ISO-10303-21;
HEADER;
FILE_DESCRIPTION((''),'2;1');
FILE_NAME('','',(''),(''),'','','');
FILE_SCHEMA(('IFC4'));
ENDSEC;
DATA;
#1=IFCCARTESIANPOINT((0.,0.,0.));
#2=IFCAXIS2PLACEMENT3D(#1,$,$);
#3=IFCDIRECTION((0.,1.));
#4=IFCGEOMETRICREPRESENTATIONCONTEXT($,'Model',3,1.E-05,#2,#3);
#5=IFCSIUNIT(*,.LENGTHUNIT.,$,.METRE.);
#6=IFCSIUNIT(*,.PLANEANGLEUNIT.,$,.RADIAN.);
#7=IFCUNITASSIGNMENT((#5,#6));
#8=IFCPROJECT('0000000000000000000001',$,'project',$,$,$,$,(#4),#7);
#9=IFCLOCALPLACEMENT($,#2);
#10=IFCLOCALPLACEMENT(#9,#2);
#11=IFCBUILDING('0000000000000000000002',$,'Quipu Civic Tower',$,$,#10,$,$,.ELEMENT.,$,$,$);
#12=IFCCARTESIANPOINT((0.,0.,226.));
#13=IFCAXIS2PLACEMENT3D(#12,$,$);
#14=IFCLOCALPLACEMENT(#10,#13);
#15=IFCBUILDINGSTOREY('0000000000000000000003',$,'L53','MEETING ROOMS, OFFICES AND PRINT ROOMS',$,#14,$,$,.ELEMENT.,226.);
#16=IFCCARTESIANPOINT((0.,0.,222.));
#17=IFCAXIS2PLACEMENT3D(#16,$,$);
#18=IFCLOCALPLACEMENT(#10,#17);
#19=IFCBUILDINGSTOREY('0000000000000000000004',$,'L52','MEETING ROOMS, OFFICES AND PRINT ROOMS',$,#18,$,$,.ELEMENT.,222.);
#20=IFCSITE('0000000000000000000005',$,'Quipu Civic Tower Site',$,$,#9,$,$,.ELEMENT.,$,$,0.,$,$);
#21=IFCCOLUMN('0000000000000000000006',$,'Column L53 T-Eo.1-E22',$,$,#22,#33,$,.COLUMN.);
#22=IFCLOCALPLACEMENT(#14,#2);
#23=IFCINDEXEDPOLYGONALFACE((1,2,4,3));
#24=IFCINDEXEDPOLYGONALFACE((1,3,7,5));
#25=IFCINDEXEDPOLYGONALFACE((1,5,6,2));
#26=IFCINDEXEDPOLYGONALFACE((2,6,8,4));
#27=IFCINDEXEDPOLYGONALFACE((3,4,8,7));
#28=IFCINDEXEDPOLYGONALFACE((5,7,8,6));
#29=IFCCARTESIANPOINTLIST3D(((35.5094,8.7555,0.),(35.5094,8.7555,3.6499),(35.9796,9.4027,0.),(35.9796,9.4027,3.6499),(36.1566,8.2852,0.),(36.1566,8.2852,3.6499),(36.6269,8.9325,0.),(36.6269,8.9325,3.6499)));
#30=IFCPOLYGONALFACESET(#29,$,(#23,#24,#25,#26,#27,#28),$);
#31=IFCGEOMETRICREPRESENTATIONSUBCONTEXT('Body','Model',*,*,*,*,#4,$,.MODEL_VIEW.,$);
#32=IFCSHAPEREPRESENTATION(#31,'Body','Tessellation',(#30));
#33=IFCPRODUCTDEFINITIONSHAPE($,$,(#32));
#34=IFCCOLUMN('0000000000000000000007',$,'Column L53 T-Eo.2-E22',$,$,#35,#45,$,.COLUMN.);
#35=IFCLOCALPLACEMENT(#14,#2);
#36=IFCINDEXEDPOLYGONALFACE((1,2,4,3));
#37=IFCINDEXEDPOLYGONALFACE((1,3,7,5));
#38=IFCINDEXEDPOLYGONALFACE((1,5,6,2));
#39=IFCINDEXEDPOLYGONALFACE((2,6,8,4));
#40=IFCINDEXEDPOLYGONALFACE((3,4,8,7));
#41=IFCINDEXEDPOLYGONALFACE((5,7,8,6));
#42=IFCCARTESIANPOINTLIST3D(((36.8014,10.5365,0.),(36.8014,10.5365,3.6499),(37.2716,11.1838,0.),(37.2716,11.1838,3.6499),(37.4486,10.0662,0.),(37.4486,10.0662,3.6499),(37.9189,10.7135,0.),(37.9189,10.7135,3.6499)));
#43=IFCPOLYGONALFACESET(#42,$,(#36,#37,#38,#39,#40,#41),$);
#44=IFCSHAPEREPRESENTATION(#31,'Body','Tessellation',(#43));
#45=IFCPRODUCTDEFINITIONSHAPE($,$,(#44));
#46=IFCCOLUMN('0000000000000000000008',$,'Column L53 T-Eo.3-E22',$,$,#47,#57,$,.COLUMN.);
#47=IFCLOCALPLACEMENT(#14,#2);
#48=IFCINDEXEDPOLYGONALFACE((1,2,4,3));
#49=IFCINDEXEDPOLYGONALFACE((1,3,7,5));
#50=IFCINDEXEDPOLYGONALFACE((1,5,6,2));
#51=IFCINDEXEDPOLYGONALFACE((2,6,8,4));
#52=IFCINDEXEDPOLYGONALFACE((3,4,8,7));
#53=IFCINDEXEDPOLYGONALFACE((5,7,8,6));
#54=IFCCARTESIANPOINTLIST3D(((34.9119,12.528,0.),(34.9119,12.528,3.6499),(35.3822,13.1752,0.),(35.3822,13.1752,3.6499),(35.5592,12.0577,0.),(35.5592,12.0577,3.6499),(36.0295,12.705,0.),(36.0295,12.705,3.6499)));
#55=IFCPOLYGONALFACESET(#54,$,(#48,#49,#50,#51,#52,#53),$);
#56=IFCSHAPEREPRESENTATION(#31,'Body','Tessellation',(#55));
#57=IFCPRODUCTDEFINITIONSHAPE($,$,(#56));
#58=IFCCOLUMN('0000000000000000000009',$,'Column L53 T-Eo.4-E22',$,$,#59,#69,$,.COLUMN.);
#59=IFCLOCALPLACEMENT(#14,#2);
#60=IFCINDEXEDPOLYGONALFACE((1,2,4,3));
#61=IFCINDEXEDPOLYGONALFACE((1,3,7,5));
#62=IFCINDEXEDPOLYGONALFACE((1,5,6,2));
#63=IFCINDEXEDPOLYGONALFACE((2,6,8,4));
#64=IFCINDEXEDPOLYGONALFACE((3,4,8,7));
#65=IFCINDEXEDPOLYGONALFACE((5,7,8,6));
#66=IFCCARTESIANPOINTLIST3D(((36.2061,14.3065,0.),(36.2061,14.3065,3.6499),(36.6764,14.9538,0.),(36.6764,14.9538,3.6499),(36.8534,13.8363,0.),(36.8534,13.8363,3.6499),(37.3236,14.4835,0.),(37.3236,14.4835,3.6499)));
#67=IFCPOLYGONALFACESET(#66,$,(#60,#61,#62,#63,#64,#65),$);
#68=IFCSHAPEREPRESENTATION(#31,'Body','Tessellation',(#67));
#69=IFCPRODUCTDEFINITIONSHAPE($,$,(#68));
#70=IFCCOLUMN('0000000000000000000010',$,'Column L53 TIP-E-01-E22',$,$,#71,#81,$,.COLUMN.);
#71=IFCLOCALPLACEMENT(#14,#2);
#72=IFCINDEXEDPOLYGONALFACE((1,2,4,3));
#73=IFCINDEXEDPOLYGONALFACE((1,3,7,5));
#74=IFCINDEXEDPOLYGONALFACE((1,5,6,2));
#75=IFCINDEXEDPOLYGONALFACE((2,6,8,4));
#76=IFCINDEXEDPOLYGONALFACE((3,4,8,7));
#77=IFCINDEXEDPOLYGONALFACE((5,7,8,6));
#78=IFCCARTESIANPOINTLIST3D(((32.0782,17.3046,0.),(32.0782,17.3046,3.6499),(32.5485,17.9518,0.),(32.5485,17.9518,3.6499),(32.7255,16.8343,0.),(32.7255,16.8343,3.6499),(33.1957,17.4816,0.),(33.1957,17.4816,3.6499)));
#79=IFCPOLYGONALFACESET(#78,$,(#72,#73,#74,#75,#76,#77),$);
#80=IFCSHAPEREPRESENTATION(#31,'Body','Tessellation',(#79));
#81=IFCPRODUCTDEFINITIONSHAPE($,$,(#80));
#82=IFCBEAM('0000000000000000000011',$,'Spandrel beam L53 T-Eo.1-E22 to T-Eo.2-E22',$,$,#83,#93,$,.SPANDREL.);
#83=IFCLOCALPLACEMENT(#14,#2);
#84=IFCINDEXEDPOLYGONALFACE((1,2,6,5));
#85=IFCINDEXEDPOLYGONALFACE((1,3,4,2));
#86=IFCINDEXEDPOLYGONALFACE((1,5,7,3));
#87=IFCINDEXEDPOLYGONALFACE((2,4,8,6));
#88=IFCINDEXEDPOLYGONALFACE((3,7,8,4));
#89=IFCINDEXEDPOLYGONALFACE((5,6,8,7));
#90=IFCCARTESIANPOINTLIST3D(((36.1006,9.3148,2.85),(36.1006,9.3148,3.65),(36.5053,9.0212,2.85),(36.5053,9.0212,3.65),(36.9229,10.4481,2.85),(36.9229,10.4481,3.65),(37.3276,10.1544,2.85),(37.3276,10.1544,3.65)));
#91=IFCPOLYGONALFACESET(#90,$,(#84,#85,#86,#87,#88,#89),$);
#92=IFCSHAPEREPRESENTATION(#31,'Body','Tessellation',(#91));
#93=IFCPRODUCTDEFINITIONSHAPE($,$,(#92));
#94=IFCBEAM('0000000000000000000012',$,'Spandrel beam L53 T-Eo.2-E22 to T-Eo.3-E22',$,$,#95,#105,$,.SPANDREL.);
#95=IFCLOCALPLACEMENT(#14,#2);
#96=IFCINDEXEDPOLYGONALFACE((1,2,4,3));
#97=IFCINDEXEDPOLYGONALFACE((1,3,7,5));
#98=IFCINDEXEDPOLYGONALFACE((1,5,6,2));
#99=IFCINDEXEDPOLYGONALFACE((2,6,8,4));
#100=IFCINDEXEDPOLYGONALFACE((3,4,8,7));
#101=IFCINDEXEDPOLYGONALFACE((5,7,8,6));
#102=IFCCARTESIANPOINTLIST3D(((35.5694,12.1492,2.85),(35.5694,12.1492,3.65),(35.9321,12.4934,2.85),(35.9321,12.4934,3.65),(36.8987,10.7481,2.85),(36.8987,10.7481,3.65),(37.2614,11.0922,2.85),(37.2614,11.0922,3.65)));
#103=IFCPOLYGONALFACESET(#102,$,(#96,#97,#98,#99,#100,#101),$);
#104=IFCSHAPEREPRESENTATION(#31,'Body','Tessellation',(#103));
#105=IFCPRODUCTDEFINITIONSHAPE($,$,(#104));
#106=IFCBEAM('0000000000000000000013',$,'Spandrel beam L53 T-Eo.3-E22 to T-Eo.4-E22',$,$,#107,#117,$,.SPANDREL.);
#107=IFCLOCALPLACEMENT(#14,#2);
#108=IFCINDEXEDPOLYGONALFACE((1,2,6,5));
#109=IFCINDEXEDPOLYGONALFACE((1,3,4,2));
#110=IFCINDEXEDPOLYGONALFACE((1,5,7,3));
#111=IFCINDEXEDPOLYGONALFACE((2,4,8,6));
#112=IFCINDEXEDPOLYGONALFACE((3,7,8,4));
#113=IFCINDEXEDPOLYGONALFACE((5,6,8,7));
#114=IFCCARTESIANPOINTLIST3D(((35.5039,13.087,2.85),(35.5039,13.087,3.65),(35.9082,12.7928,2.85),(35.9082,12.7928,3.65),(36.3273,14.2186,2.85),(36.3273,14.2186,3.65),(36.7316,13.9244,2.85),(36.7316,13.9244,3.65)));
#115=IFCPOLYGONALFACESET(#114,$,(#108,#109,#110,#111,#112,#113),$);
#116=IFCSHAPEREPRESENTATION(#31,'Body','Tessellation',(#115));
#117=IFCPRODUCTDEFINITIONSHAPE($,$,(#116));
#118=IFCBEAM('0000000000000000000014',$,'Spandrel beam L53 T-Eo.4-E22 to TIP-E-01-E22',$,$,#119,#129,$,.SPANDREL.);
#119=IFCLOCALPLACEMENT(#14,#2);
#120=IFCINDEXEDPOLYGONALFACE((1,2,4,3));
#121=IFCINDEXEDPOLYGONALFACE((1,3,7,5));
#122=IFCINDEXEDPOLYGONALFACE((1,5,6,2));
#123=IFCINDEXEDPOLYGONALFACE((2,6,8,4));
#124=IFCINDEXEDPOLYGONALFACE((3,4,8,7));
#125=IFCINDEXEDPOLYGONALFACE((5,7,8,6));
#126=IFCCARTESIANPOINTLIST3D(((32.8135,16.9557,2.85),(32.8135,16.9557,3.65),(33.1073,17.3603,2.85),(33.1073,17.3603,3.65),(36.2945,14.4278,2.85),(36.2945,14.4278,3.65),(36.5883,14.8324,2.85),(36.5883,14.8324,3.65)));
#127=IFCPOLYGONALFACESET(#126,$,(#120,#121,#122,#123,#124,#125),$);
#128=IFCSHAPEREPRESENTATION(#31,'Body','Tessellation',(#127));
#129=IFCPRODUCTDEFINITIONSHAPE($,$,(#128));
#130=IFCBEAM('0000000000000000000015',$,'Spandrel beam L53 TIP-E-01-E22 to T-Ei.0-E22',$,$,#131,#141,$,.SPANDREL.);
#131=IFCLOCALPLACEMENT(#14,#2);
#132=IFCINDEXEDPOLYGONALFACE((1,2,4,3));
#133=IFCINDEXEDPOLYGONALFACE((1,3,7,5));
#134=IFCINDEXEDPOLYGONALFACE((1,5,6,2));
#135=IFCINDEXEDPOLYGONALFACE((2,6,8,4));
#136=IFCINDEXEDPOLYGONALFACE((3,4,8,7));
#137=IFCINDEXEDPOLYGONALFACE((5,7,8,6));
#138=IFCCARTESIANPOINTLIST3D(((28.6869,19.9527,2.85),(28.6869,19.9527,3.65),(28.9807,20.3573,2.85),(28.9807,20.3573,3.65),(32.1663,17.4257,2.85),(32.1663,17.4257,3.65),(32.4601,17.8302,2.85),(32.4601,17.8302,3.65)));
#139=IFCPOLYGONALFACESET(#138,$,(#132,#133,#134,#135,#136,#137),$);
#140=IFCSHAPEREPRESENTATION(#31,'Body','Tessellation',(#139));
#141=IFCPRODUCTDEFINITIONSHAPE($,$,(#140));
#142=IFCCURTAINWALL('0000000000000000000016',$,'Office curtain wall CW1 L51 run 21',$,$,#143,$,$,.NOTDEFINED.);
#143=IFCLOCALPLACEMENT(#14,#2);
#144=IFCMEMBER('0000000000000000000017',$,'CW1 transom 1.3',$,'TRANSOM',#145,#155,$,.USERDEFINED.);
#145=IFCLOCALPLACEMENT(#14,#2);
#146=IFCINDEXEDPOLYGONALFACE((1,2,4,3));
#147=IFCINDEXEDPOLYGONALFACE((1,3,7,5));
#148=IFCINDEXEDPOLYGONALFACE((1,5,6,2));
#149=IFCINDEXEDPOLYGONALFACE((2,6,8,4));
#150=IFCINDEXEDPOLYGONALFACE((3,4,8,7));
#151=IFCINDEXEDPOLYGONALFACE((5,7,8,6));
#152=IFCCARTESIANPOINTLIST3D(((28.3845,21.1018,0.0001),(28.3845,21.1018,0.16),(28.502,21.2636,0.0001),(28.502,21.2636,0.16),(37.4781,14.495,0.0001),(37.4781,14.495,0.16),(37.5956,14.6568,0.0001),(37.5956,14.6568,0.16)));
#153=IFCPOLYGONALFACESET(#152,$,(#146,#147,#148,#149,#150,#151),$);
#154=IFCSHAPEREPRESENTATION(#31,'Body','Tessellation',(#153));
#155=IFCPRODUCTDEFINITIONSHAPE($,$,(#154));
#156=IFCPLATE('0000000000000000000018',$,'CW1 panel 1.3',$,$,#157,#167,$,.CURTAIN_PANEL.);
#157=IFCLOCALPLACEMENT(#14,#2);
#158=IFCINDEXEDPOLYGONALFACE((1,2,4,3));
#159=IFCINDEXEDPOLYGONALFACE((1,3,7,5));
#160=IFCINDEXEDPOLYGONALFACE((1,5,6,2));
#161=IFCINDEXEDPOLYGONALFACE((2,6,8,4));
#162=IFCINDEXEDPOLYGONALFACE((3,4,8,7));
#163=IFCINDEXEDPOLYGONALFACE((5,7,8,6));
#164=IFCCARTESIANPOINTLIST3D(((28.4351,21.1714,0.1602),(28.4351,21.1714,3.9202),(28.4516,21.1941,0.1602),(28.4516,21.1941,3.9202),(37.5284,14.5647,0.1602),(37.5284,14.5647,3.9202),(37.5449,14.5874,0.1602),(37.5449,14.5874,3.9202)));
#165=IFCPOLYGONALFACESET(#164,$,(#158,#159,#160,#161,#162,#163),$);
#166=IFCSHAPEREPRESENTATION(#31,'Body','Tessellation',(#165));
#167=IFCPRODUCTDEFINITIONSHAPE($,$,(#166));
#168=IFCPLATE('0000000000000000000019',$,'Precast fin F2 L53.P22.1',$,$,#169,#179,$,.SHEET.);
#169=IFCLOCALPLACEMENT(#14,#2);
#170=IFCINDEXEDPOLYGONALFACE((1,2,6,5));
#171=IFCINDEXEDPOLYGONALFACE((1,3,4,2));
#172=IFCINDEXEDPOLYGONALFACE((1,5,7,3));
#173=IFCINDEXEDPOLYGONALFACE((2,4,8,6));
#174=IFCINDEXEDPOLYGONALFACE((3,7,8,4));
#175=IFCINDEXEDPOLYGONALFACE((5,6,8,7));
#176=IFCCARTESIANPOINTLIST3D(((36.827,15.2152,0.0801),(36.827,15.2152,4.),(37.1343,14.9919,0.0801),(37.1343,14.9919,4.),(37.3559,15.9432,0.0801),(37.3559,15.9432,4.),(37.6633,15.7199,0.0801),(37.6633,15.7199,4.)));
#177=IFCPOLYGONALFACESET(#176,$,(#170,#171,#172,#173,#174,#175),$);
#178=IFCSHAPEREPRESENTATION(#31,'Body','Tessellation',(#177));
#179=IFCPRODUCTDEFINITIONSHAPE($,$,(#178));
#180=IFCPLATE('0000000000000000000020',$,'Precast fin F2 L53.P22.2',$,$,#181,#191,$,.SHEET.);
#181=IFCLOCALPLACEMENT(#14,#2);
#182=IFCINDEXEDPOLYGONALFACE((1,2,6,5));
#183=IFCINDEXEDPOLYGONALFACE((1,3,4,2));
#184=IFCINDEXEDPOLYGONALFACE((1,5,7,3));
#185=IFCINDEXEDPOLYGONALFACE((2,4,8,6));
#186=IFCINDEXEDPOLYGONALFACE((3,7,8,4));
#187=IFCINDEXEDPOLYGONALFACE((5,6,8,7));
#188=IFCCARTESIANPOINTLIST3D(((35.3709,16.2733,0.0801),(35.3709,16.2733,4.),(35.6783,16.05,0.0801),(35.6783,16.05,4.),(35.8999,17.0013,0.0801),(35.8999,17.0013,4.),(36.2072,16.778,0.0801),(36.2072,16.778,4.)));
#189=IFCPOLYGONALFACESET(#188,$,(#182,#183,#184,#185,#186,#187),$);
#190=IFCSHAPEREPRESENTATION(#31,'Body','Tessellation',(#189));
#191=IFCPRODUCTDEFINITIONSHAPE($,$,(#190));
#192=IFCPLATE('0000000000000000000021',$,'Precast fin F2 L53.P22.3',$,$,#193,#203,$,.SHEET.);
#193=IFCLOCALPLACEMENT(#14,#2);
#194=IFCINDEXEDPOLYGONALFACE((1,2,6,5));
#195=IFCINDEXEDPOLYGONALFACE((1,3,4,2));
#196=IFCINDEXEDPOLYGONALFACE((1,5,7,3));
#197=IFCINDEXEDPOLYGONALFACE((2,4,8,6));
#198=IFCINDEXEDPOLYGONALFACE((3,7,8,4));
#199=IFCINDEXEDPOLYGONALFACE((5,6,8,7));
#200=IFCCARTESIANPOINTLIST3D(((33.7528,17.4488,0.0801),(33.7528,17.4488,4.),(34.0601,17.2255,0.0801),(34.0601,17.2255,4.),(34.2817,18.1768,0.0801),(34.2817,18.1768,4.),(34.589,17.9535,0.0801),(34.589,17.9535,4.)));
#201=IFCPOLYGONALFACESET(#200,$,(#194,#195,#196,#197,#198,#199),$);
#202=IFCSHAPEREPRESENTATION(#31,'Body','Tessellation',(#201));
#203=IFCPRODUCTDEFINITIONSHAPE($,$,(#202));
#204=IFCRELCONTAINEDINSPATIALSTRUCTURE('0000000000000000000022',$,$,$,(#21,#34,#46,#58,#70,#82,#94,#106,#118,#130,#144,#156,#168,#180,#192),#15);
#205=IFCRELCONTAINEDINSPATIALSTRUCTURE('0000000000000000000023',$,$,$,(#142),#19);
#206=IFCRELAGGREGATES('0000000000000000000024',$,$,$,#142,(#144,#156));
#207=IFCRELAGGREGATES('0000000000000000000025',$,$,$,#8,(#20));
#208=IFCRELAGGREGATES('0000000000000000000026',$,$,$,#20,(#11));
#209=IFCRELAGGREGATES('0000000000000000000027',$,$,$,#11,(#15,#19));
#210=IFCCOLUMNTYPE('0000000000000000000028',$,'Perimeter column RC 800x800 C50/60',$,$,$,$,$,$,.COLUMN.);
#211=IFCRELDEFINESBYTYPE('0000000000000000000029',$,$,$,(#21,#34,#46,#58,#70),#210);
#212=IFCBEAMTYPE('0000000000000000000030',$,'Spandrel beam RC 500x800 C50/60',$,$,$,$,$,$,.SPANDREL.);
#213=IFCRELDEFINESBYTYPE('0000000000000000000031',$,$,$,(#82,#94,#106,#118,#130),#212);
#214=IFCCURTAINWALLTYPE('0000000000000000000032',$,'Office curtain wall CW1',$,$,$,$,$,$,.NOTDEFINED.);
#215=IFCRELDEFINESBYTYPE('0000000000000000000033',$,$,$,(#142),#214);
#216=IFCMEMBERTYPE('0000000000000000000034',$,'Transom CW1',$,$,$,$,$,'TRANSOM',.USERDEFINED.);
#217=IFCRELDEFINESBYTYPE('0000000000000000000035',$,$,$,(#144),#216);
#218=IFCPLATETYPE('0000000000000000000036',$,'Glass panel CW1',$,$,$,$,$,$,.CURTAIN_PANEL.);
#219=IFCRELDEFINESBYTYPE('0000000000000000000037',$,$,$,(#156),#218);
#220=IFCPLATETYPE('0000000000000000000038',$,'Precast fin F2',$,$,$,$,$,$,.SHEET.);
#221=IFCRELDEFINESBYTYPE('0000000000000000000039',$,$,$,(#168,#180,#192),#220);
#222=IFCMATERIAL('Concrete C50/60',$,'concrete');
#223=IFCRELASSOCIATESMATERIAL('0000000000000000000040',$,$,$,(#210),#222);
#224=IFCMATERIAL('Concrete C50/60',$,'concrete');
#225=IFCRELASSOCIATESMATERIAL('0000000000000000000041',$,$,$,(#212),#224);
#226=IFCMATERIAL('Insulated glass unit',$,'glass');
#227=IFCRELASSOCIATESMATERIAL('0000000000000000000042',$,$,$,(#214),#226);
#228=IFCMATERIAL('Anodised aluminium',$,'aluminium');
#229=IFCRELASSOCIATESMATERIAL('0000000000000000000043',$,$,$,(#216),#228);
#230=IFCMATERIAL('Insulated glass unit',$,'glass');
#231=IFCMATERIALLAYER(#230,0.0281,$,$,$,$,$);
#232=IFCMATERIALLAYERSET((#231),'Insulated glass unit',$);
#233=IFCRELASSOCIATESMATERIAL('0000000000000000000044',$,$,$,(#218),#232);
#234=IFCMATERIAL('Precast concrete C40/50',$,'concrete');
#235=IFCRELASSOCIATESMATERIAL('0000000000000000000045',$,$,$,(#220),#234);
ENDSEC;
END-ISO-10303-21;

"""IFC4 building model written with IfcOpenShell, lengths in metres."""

from ifc_helpers import new_model, si_unit, direction, frame, origin, origin_2d, place, context, subcontext, project, spatial, rectangle, extrude, material, layer, layer_set, material_profile, profile_set, type_object, element, aggregate, save


model = new_model("IFC4")

# Units and contexts
model_context = context("Model", 3, precision=1e-05, world=origin(), true_north=direction((0.0, 1.0)))
body_context = subcontext(model_context, "Body", "Model", "MODEL_VIEW")
ifc_project = project(units=[si_unit("LENGTHUNIT", "METRE"), si_unit("PLANEANGLEUNIT", "RADIAN")], contexts=[model_context])

# Site, building, storey
site_placement = place(None, origin())
site = spatial("IfcSite", under=ifc_project, at=site_placement, Name="Quipu Civic Tower Site", CompositionType="ELEMENT", RefElevation=0.0)
building_placement = place(site_placement, origin())
building = spatial("IfcBuilding", under=site, at=building_placement, Name="Quipu Civic Tower", CompositionType="ELEMENT")
storey_1_placement = place(building_placement, frame((0.0, 0.0, 226.0)))
storey_1 = spatial("IfcBuildingStorey", under=building, at=storey_1_placement, Name="L53", Description="MEETING ROOMS, OFFICES AND PRINT ROOMS", CompositionType="ELEMENT", Elevation=226.0)

# Columns
ifc_material_1 = material(Name="Concrete C50/60", Category="concrete")
ifc_material_profile_1 = material_profile(ifc_material_1, rectangle(XDim=0.8, YDim=0.8, at=origin_2d()), Name="RC800x800")
ifc_profile_set_1 = profile_set([ifc_material_profile_1], Name="Concrete C50/60")
column_type = type_object("IfcColumnType", Name="Perimeter column RC 800x800 C50/60", PredefinedType="COLUMN", material=ifc_profile_set_1)
for number, where, z_axis, x_axis, name in (
    (1, (36.0681, 8.844, 0.0), (0.0, 0.0, 1.0), (0.587785, 0.809017, 0.0), "Column L53 T-Eo.1-E22"),
    (2, (37.3601, 10.625, 0.0), (0.0, 0.0, 1.0), (0.587785, 0.809017, 0.0), "Column L53 T-Eo.2-E22"),
    (3, (35.4707, 12.6165, 0.0), (0.0, 0.0, 1.0), (-0.809017, 0.587785, 0.0), "Column L53 T-Eo.3-E22"),
    (4, (36.7649, 14.395, 0.0), (0.0, 0.0, 1.0), (-0.809017, 0.587785, 0.0), "Column L53 T-Eo.4-E22"),
    (5, (32.637, 17.3931, 0.0), (0.0, 0.0, 1.0), (-0.809017, 0.587785, 0.0), "Column L53 TIP-E-01-E22"),
):
    element("IfcColumn", number, at=place(storey_1_placement, frame(where, z_axis=z_axis, x_axis=x_axis)), inside=storey_1, type_object=column_type, Name=name, PredefinedType="COLUMN", context=body_context, shape_type="SweptSolid", body=[
        extrude(rectangle(XDim=0.8, YDim=0.8, at=origin_2d()), origin(), (0.0, 0.0, 1.0), 3.6499),
    ])

# Beams
ifc_material_2 = material(Name="Concrete C50/60", Category="concrete")
ifc_material_profile_2 = material_profile(ifc_material_2, rectangle(XDim=0.5, YDim=0.8, at=origin_2d()), Name="RC500x800")
ifc_profile_set_2 = profile_set([ifc_material_profile_2], Name="Concrete C50/60")
beam_type = type_object("IfcBeamType", Name="Spandrel beam RC 500x800 C50/60", PredefinedType="SPANDREL", material=ifc_profile_set_2)
beam_1_placement = place(storey_1_placement, frame((36.303, 9.168, 3.25), z_axis=(0.587259, 0.809399, 0.0), x_axis=(-0.809399, 0.587259, 0.0)))
element("IfcBeam", 6, at=beam_1_placement, inside=storey_1, type_object=beam_type, Name="Spandrel beam L53 T-Eo.1-E22 to T-Eo.2-E22", PredefinedType="SPANDREL", context=body_context, shape_type="SweptSolid", body=[
    extrude(rectangle(XDim=0.5, YDim=0.8, at=origin_2d()), origin(), (0.0, 0.0, 1.0), 1.4001),
])
beam_2_placement = place(storey_1_placement, frame((37.0801, 10.9202, 3.25), z_axis=(-0.688281, 0.725444, 0.0), x_axis=(-0.725444, -0.688281, 0.0)))
element("IfcBeam", 7, at=beam_2_placement, inside=storey_1, type_object=beam_type, Name="Spandrel beam L53 T-Eo.2-E22 to T-Eo.3-E22", PredefinedType="SPANDREL", context=body_context, shape_type="SweptSolid", body=[
    extrude(rectangle(XDim=0.5, YDim=0.8, at=origin_2d()), origin(), (0.0, 0.0, 1.0), 1.9314),
])
beam_3_placement = place(storey_1_placement, frame((35.7061, 12.9399, 3.25), z_axis=(0.58841, 0.808563, 0.0), x_axis=(-0.808563, 0.58841, 0.0)))
element("IfcBeam", 8, at=beam_3_placement, inside=storey_1, type_object=beam_type, Name="Spandrel beam L53 T-Eo.3-E22 to T-Eo.4-E22", PredefinedType="SPANDREL", context=body_context, shape_type="SweptSolid", body=[
    extrude(rectangle(XDim=0.5, YDim=0.8, at=origin_2d()), origin(), (0.0, 0.0, 1.0), 1.3994),
])
beam_4_placement = place(storey_1_placement, frame((36.4414, 14.6301, 3.25), z_axis=(-0.809153, 0.587598, 0.0), x_axis=(-0.587598, -0.809153, 0.0)))
element("IfcBeam", 9, at=beam_4_placement, inside=storey_1, type_object=beam_type, Name="Spandrel beam L53 T-Eo.4-E22 to TIP-E-01-E22", PredefinedType="SPANDREL", context=body_context, shape_type="SweptSolid", body=[
    extrude(rectangle(XDim=0.5, YDim=0.8, at=origin_2d()), origin(), (0.0, 0.0, 1.0), 4.302),
])
beam_5_placement = place(storey_1_placement, frame((32.3132, 17.6279, 3.25), z_axis=(-0.809116, 0.587648, 0.0), x_axis=(-0.587648, -0.809116, 0.0)))
element("IfcBeam", 10, at=beam_5_placement, inside=storey_1, type_object=beam_type, Name="Spandrel beam L53 TIP-E-01-E22 to T-Ei.0-E22", PredefinedType="SPANDREL", context=body_context, shape_type="SweptSolid", body=[
    extrude(rectangle(XDim=0.5, YDim=0.8, at=origin_2d()), origin(), (0.0, 0.0, 1.0), 4.3003),
])

# Shared definitions
storey_2_placement = place(building_placement, frame((0.0, 0.0, 222.0)))
storey_2 = spatial("IfcBuildingStorey", under=building, at=storey_2_placement, Name="L52", Description="MEETING ROOMS, OFFICES AND PRINT ROOMS", CompositionType="ELEMENT", Elevation=222.0)

# Curtain wall, member, plate
ifc_material_3 = material(Name="Insulated glass unit", Category="glass")
curtain_wall_type = type_object("IfcCurtainWallType", Name="Office curtain wall CW1", PredefinedType="NOTDEFINED", material=ifc_material_3)
curtain_wall_placement = place(storey_2_placement, origin())
curtain_wall = element("IfcCurtainWall", 11, at=curtain_wall_placement, inside=storey_2, type_object=curtain_wall_type, Name="Office curtain wall CW1 L51 run 21", PredefinedType="NOTDEFINED")
ifc_material_4 = material(Name="Anodised aluminium", Category="aluminium")
ifc_material_profile_3 = material_profile(ifc_material_4, rectangle(XDim=0.2, YDim=0.1599, at=origin_2d()), Name="RECT 200x160")
ifc_profile_set_3 = profile_set([ifc_material_profile_3], Name="Anodised aluminium")
member_type = type_object("IfcMemberType", Name="Transom CW1", ElementType="TRANSOM", PredefinedType="USERDEFINED", material=ifc_profile_set_3)
member_placement = place(storey_1_placement, frame((37.5369, 14.5759, 0.0801), z_axis=(-0.809022, 0.587778, 0.0), x_axis=(-0.587778, -0.809022, 0.0)))
member = element("IfcMember", 12, at=member_placement, inside=storey_1, type_object=member_type, Name="CW1 transom 1.3", ObjectType="TRANSOM", PredefinedType="USERDEFINED", context=body_context, shape_type="SweptSolid", body=[
    extrude(rectangle(XDim=0.2, YDim=0.1599, at=origin_2d()), origin(), (0.0, 0.0, 1.0), 11.2402),
])
ifc_material_5 = material(Name="Insulated glass unit", Category="glass")
ifc_layer_1 = layer(ifc_material_5, 0.0281)
ifc_layer_set_1 = layer_set([ifc_layer_1], Name="Insulated glass unit")
plate_type_1 = type_object("IfcPlateType", Name="Glass panel CW1", PredefinedType="CURTAIN_PANEL", material=ifc_layer_set_1)
plate_placement = place(storey_1_placement, frame((32.99, 17.8794, 0.1602), z_axis=(0.0, 0.0, 1.0), x_axis=(-0.809015, 0.587788, 0.0)))
plate = element("IfcPlate", 13, at=plate_placement, inside=storey_1, type_object=plate_type_1, Name="CW1 panel 1.3", PredefinedType="CURTAIN_PANEL", context=body_context, shape_type="SweptSolid", body=[
    extrude(rectangle(XDim=11.24, YDim=0.0281, at=origin_2d()), origin(), (0.0, 0.0, 1.0), 3.76),
])
aggregate(curtain_wall, [member, plate])

# Plates
ifc_material_6 = material(Name="Precast concrete C40/50", Category="concrete")
plate_type_2 = type_object("IfcPlateType", Name="Precast fin F2", PredefinedType="SHEET", material=ifc_material_6)
for number, where, z_axis, x_axis, name in (
    (14, (37.2451, 15.4675, 0.0801), (0.0, 0.0, 1.0), (-0.809017, 0.587785, 0.0), "Precast fin F2 L53.P22.1"),
    (15, (35.7891, 16.5256, 0.0801), (0.0, 0.0, 1.0), (-0.809017, 0.587785, 0.0), "Precast fin F2 L53.P22.2"),
    (16, (34.1709, 17.7012, 0.0801), (0.0, 0.0, 1.0), (-0.809017, 0.587785, 0.0), "Precast fin F2 L53.P22.3"),
):
    element("IfcPlate", number, at=place(storey_1_placement, frame(where, z_axis=z_axis, x_axis=x_axis)), inside=storey_1, type_object=plate_type_2, Name=name, PredefinedType="SHEET", context=body_context, shape_type="SweptSolid", body=[
        extrude(rectangle(XDim=0.3799, YDim=0.8999, at=origin_2d()), origin(), (0.0, 0.0, 1.0), 3.9199),
    ])

save(model, "model.ifc")
